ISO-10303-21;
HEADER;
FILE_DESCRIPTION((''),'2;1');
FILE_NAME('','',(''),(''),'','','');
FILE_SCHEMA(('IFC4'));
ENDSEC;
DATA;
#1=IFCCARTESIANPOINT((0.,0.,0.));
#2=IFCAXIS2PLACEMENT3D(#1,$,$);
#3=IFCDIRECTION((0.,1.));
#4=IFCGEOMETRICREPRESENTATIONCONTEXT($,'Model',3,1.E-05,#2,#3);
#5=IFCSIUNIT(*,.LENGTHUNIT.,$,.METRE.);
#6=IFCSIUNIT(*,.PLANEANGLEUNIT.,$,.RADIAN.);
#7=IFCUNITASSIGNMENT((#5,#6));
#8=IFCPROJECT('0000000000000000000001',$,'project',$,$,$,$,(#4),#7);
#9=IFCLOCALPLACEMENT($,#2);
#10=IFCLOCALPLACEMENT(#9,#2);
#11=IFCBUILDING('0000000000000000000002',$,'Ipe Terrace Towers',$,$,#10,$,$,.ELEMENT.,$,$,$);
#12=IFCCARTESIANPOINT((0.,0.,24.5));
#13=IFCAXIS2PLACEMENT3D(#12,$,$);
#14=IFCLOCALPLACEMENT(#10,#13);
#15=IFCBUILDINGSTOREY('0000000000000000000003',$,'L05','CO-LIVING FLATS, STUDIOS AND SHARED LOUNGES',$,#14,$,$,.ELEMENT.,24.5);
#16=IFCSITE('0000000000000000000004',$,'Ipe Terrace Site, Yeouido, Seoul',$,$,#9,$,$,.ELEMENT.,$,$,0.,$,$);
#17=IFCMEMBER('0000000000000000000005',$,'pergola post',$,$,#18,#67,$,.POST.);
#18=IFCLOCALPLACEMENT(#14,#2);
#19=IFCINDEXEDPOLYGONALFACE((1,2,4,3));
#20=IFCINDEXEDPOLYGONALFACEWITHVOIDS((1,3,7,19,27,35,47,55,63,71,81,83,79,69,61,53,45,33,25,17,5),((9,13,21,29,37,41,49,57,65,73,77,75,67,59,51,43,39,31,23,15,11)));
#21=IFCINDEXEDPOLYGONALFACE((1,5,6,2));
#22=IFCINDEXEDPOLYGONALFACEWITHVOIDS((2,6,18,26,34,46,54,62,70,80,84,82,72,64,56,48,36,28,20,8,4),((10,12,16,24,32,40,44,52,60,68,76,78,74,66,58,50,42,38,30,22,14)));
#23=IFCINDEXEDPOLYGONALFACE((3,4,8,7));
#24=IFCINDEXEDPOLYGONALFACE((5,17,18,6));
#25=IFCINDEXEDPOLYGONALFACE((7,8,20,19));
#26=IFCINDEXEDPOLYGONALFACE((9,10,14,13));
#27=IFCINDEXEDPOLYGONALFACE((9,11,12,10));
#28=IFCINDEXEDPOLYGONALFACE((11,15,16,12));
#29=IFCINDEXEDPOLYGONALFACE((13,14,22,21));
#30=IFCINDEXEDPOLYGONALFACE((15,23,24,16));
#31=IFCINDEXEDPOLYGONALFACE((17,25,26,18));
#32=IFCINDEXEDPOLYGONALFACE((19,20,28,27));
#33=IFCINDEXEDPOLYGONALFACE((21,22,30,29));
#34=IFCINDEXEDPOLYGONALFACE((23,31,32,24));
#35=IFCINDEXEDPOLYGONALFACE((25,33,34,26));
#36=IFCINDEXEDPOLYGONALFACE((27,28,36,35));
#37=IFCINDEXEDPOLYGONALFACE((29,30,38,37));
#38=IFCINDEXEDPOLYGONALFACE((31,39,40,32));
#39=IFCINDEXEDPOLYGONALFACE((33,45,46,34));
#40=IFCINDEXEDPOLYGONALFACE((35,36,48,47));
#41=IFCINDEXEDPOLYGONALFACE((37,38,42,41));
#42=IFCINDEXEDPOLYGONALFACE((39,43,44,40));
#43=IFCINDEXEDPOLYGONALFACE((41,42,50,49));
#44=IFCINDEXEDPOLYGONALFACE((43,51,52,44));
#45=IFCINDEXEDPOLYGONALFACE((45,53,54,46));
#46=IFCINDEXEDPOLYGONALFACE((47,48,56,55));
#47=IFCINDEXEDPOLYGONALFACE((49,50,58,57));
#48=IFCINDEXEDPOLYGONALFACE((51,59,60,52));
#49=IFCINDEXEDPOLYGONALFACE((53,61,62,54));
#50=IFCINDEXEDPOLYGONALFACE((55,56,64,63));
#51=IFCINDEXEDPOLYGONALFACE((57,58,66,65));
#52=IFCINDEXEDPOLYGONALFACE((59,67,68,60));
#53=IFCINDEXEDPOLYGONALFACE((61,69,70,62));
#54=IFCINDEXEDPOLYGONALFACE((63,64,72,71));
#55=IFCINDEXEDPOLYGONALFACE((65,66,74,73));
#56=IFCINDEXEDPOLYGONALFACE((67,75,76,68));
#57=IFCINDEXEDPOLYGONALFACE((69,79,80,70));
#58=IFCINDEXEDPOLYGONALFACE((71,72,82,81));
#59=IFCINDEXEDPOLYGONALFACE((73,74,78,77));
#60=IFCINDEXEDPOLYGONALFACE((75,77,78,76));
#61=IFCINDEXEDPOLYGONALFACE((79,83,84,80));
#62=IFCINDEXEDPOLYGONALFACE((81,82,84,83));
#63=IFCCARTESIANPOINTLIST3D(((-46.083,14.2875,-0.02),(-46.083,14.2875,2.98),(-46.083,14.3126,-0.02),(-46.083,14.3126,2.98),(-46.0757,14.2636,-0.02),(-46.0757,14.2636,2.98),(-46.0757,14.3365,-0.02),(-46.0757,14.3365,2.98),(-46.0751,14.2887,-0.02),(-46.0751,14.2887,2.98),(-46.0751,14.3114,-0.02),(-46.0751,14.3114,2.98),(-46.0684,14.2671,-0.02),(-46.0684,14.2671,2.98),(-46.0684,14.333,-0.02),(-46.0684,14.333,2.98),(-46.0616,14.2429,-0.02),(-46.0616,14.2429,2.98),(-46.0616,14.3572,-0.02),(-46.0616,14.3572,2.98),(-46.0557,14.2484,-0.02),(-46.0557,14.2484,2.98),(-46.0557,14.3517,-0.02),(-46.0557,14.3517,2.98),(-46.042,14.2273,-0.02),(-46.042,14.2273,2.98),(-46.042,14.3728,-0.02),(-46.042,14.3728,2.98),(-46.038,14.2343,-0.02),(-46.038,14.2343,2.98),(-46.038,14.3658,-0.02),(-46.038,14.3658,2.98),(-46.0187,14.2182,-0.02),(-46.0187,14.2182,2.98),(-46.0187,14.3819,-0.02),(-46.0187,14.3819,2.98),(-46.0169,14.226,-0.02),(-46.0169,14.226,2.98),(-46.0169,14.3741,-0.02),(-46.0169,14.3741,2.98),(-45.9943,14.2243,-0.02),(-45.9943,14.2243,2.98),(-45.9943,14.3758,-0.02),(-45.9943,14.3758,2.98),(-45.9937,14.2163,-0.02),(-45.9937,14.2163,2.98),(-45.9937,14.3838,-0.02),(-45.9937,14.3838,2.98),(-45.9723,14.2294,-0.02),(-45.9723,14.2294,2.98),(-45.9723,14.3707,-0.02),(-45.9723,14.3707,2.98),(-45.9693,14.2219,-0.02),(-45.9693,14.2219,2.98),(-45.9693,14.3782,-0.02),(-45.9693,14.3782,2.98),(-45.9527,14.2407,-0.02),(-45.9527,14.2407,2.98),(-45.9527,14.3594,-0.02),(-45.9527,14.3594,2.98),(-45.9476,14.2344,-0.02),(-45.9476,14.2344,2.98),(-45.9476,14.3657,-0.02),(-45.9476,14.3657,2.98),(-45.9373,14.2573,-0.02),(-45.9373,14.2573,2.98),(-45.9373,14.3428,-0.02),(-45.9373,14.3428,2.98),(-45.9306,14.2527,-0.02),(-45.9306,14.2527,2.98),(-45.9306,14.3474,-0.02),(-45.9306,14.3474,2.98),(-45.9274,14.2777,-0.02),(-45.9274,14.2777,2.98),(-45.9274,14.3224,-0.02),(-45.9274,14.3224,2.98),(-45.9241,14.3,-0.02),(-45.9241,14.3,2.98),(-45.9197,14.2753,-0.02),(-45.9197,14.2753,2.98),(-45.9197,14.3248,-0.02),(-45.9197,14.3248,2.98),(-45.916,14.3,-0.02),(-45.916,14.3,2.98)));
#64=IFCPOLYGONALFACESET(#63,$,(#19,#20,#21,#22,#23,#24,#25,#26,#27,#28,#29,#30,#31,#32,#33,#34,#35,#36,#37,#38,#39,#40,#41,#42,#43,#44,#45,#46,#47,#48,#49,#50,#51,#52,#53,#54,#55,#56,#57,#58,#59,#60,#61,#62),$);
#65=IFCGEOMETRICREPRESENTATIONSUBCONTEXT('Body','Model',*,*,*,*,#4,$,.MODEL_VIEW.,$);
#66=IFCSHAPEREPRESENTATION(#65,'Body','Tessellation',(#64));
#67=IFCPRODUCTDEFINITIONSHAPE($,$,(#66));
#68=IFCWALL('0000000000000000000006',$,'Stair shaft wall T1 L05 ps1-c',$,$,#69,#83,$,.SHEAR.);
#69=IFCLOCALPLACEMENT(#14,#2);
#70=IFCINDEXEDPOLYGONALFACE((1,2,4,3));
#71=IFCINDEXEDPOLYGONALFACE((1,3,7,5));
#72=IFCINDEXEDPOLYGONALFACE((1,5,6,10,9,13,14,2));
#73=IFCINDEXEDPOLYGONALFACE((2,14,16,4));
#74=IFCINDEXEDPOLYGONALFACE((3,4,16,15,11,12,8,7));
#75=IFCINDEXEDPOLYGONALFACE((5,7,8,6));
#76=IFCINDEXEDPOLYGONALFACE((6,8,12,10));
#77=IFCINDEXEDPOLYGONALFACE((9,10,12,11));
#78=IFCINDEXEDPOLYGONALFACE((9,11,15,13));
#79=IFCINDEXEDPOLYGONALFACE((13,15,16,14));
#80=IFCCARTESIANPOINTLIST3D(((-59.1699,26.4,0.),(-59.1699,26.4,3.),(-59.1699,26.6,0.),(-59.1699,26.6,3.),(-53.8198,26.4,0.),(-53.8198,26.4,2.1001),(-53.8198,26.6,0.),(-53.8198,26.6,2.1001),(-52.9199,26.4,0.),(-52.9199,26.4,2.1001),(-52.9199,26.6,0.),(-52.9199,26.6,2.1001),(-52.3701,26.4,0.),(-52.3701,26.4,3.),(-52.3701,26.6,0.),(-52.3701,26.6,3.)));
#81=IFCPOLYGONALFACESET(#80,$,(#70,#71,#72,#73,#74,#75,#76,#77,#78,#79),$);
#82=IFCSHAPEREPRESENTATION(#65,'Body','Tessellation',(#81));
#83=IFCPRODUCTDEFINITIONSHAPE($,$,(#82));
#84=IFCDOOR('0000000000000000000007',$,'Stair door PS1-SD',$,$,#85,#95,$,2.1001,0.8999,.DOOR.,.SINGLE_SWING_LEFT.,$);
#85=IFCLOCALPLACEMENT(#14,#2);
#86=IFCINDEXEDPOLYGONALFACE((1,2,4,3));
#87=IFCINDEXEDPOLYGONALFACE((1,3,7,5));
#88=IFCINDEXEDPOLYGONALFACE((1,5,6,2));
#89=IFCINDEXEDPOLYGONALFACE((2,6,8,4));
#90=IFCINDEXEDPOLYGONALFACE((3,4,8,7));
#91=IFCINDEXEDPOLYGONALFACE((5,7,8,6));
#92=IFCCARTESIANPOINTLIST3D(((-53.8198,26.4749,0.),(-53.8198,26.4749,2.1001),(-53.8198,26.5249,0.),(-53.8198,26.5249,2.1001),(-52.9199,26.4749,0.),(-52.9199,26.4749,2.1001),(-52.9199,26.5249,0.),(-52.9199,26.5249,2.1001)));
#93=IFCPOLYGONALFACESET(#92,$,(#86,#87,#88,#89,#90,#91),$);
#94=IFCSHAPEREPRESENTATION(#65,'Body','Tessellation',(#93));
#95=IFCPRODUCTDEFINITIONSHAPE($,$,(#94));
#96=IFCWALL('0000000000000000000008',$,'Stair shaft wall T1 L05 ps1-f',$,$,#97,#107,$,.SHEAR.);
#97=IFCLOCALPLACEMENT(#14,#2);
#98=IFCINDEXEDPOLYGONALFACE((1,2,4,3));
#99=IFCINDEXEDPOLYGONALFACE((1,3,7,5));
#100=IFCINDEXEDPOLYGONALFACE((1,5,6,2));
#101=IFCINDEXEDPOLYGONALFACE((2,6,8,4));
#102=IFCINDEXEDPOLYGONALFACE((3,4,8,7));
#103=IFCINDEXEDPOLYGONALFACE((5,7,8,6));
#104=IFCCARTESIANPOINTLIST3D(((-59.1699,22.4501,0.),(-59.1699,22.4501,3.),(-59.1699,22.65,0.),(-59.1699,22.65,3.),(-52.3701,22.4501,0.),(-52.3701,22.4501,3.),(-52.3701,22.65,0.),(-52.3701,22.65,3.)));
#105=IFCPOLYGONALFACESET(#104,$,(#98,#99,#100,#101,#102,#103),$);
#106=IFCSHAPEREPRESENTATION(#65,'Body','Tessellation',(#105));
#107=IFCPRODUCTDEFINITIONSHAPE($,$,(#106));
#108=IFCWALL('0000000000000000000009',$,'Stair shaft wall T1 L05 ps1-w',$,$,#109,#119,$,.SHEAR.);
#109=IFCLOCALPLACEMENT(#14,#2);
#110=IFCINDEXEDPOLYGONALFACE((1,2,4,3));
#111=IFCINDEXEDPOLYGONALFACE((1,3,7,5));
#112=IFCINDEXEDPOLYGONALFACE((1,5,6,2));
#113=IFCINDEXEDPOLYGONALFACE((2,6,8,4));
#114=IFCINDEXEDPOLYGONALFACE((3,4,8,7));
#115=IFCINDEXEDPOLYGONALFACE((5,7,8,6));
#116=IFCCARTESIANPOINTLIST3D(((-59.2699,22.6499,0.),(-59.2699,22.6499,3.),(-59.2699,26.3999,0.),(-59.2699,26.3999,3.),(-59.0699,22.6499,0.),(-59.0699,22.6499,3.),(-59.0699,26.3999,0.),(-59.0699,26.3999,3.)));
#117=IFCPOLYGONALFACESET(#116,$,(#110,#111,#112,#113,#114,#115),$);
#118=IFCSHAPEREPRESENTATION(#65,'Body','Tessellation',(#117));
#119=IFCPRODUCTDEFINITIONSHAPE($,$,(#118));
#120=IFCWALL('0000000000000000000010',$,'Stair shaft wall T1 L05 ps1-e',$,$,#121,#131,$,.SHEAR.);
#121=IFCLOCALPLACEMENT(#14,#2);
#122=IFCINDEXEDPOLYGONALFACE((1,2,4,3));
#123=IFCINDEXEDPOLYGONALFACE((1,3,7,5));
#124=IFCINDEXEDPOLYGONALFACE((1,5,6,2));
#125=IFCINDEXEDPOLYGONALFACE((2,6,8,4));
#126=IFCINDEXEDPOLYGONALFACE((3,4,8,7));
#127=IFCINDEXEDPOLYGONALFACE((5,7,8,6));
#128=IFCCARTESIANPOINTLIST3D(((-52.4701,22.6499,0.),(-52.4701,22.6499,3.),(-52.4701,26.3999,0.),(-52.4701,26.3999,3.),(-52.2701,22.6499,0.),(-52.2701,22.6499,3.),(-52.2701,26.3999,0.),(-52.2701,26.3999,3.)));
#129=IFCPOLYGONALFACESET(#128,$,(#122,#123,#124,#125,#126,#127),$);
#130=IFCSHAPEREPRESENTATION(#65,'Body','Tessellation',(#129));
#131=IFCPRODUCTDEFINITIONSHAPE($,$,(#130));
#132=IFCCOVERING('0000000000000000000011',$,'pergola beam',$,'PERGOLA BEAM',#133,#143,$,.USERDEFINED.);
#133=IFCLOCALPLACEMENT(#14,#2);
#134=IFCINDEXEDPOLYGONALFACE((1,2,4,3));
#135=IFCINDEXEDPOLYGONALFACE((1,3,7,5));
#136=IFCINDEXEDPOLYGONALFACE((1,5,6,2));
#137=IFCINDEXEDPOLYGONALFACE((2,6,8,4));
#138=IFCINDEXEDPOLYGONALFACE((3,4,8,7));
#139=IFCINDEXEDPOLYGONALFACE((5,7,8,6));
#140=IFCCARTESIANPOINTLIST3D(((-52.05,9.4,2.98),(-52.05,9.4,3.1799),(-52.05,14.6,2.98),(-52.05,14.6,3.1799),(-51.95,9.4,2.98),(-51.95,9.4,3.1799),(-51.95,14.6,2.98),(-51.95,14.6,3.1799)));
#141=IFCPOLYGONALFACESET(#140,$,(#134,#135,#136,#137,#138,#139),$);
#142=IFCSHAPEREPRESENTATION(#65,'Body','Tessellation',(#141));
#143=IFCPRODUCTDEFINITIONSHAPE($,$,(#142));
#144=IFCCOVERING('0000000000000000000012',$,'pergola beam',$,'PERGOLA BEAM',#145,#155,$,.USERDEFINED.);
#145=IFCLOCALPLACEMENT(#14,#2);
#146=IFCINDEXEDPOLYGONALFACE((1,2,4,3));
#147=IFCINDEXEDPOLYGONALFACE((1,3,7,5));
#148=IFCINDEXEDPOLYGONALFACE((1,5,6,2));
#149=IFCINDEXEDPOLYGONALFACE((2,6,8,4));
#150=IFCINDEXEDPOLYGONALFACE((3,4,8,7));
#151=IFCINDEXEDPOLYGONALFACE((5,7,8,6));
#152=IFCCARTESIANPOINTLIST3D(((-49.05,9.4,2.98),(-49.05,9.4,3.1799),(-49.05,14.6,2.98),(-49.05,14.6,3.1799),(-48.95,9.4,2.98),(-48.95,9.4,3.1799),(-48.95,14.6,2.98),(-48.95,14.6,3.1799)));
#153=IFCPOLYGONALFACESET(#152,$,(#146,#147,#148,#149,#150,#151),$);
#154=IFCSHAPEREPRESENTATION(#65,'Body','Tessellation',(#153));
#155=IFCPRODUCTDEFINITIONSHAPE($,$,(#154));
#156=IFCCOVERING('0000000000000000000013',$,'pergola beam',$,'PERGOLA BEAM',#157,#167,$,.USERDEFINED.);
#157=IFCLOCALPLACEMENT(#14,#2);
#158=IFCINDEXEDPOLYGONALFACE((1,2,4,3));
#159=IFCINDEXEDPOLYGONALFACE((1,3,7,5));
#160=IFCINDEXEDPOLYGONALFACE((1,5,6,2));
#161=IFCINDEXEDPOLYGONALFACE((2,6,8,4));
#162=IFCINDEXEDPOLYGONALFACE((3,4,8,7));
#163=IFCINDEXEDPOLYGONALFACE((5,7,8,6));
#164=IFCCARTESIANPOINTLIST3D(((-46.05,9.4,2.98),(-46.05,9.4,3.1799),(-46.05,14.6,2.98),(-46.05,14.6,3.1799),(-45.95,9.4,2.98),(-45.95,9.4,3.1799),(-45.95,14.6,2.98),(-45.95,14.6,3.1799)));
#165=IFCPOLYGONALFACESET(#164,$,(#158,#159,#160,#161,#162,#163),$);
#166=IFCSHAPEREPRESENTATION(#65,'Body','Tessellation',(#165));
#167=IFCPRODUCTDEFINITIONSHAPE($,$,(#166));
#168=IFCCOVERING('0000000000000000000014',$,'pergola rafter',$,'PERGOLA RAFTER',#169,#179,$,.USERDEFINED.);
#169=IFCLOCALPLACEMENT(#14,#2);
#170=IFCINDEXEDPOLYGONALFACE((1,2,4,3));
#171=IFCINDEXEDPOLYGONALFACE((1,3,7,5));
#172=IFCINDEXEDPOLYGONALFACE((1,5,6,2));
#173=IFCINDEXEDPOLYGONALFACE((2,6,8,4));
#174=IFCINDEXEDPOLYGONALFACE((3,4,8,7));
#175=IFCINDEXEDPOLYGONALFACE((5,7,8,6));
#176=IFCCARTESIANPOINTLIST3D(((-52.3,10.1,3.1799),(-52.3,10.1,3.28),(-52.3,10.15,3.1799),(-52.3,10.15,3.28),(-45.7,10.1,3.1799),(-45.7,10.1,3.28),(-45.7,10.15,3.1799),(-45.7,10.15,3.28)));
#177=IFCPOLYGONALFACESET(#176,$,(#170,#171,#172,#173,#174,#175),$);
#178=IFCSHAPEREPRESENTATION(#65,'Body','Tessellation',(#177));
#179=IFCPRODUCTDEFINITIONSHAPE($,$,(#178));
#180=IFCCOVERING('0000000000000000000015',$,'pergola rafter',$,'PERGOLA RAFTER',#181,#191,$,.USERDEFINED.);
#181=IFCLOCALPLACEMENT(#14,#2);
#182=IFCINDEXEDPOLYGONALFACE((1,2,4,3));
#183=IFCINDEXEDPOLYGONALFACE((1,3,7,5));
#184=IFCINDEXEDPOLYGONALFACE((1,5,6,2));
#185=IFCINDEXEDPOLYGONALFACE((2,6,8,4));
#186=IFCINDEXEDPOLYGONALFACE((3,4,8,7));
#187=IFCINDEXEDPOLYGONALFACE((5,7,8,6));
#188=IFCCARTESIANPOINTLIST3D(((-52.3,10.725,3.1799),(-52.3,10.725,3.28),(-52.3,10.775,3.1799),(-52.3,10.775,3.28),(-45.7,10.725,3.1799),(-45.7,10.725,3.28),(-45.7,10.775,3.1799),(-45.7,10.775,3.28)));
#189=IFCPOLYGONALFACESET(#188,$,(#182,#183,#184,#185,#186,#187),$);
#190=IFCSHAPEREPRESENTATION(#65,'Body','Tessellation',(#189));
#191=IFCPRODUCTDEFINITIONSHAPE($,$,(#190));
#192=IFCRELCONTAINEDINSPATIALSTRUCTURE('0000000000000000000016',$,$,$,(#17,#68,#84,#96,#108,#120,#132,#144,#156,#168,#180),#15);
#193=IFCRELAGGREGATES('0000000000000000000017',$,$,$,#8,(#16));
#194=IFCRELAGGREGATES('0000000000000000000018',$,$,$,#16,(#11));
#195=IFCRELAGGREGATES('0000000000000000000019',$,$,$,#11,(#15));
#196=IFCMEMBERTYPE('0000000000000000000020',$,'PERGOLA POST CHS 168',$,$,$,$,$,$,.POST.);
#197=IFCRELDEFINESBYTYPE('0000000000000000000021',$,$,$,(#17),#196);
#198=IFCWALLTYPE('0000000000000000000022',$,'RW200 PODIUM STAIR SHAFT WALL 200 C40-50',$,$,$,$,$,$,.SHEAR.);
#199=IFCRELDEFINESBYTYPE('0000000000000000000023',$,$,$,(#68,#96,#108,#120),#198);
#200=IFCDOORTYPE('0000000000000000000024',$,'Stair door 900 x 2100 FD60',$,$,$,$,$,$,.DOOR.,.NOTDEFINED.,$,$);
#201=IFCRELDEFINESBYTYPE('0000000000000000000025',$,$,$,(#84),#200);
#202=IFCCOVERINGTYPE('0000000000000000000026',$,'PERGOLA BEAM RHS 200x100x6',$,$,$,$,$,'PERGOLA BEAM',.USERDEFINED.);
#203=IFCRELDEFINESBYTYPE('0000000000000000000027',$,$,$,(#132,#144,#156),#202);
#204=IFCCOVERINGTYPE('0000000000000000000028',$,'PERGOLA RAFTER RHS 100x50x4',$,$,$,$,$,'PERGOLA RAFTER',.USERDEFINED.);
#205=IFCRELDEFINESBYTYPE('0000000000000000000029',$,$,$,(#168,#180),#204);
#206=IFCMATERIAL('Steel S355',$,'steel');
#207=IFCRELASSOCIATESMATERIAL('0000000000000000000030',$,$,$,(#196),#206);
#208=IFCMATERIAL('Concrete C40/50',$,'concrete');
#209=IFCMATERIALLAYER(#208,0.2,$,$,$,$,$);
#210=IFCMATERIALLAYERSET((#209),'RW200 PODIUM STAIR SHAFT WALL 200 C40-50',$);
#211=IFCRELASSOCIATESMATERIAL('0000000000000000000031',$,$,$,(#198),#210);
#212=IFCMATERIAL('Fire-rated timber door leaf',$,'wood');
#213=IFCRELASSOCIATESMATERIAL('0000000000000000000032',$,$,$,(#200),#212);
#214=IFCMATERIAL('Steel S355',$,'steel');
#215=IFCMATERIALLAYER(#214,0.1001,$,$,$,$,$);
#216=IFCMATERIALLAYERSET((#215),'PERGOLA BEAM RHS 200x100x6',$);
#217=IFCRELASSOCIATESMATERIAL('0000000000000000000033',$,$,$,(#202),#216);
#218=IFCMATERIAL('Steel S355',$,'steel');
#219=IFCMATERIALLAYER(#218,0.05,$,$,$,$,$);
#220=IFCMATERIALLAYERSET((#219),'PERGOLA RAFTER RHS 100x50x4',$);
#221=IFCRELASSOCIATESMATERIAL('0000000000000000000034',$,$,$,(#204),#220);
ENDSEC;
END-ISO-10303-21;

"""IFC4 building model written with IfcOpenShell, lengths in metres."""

from ifc_helpers import new_model, si_unit, direction, frame, frame_2d, origin, origin_2d, place, context, subcontext, project, spatial, rectangle, hollow_circle, extrude, material, layer, layer_set, material_profile, profile_set, type_object, element, fill, save


model = new_model("IFC4")

# Units and contexts
model_context = context("Model", 3, precision=1e-05, world=origin(), true_north=direction((0.0, 1.0)))
body_context = subcontext(model_context, "Body", "Model", "MODEL_VIEW")
ifc_project = project(units=[si_unit("LENGTHUNIT", "METRE"), si_unit("PLANEANGLEUNIT", "RADIAN")], contexts=[model_context])

# Site, building, storey
site_placement = place(None, origin())
site = spatial("IfcSite", under=ifc_project, at=site_placement, Name="Ipe Terrace Site, Yeouido, Seoul", CompositionType="ELEMENT", RefElevation=0.0)
building_placement = place(site_placement, origin())
building = spatial("IfcBuilding", under=site, at=building_placement, Name="Ipe Terrace Towers", CompositionType="ELEMENT")
storey_placement = place(building_placement, frame((0.0, 0.0, 24.5)))
storey = spatial("IfcBuildingStorey", under=building, at=storey_placement, Name="L05", Description="CO-LIVING FLATS, STUDIOS AND SHARED LOUNGES", CompositionType="ELEMENT", Elevation=24.5)

# Member
ifc_material_1 = material(Name="Steel S355", Category="steel")
ifc_material_profile_1 = material_profile(ifc_material_1, hollow_circle(Radius=0.084, WallThickness=0.0081, at=origin_2d()), Name="PERGOLA POST CHS 168")
ifc_profile_set_1 = profile_set([ifc_material_profile_1], Name="Steel S355")
member_type = type_object("IfcMemberType", Name="PERGOLA POST CHS 168", PredefinedType="POST", material=ifc_profile_set_1)
for number, where, z_axis, x_axis, name in (
    (1, (-46.0, 14.3, -0.02), (0.0, 0.0, 1.0), (1.0, 0.0, 0.0), "pergola post"),
):
    element("IfcMember", number, at=place(storey_placement, frame(where, z_axis=z_axis, x_axis=x_axis)), inside=storey, type_object=member_type, Name=name, PredefinedType="POST", context=body_context, shape_type="SweptSolid", body=[
        extrude(hollow_circle(Radius=0.084, WallThickness=0.0081, at=origin_2d()), origin(), (0.0, 0.0, 1.0), 3.0),
    ])

# Wall, opening, door
ifc_material_2 = material(Name="Concrete C40/50", Category="concrete")
ifc_layer_1 = layer(ifc_material_2, 0.2)
ifc_layer_set_1 = layer_set([ifc_layer_1], Name="RW200 PODIUM STAIR SHAFT WALL 200 C40-50")
wall_type = type_object("IfcWallType", Name="RW200 PODIUM STAIR SHAFT WALL 200 C40-50", PredefinedType="SHEAR", material=ifc_layer_set_1)
wall_1_placement = place(storey_placement, frame((-59.1699, 26.5, 0.0), z_axis=(0.0, 0.0, 1.0), x_axis=(1.0, 0.0, 0.0)))
wall_1 = element("IfcWall", 2, at=wall_1_placement, inside=storey, type_object=wall_type, Name="Stair shaft wall T1 L05 ps1-c", PredefinedType="SHEAR", context=body_context, shape_type="SweptSolid", body=[
    extrude(rectangle(XDim=6.7998, YDim=0.2, at=frame_2d((3.3999, 0.0))), origin(), (0.0, 0.0, 1.0), 3.0),
])
opening_placement = place(wall_1_placement, frame((5.3501, 0.0, 0.0)))
opening = element("IfcOpeningElement", 3, at=opening_placement, cuts=wall_1, PredefinedType="OPENING", context=body_context, shape_type="SweptSolid", body=[
    extrude(rectangle(XDim=0.8999, YDim=2.1001, at=frame_2d((0.45, 1.05))), frame((0.0, 0.1099, 0.0), z_axis=(0.0, -1.0, 0.0), x_axis=(1.0, 0.0, 0.0)), (0.0, 0.0, 1.0), 0.22),
])
ifc_material_3 = material(Name="Fire-rated timber door leaf", Category="wood")
door_type = type_object("IfcDoorType", Name="Stair door 900 x 2100 FD60", OperationType="NOTDEFINED", PredefinedType="DOOR", material=ifc_material_3)
door_placement = place(opening_placement, origin())
door = element("IfcDoor", 4, at=door_placement, inside=storey, type_object=door_type, Name="Stair door PS1-SD", OperationType="SINGLE_SWING_LEFT", OverallHeight=2.1001, OverallWidth=0.8999, PredefinedType="DOOR", context=body_context, shape_type="SweptSolid", body=[
    extrude(rectangle(XDim=0.8999, YDim=2.1001, at=frame_2d((0.45, 1.05))), frame((0.0, 0.0249, 0.0), z_axis=(0.0, -1.0, 0.0), x_axis=(1.0, 0.0, 0.0)), (0.0, 0.0, 1.0), 0.05),
])
fill(opening, door)

# Walls
wall_2_placement = place(storey_placement, frame((-59.1699, 22.55, 0.0), z_axis=(0.0, 0.0, 1.0), x_axis=(1.0, 0.0, 0.0)))
element("IfcWall", 5, at=wall_2_placement, inside=storey, type_object=wall_type, Name="Stair shaft wall T1 L05 ps1-f", PredefinedType="SHEAR", context=body_context, shape_type="SweptSolid", body=[
    extrude(rectangle(XDim=6.7998, YDim=0.2, at=frame_2d((3.3999, 0.0))), origin(), (0.0, 0.0, 1.0), 3.0),
])
for number, where, z_axis, x_axis, name in (
    (6, (-59.1699, 22.6499, 0.0), (0.0, 0.0, 1.0), (0.0, 1.0, 0.0), "Stair shaft wall T1 L05 ps1-w"),
    (7, (-52.3701, 22.6499, 0.0), (0.0, 0.0, 1.0), (0.0, 1.0, 0.0), "Stair shaft wall T1 L05 ps1-e"),
):
    element("IfcWall", number, at=place(storey_placement, frame(where, z_axis=z_axis, x_axis=x_axis)), inside=storey, type_object=wall_type, Name=name, PredefinedType="SHEAR", context=body_context, shape_type="SweptSolid", body=[
        extrude(rectangle(XDim=3.75, YDim=0.2, at=frame_2d((1.875, 0.0))), origin(), (0.0, 0.0, 1.0), 3.0),
    ])

# Coverings
ifc_material_4 = material(Name="Steel S355", Category="steel")
ifc_layer_2 = layer(ifc_material_4, 0.1001)
ifc_layer_set_2 = layer_set([ifc_layer_2], Name="PERGOLA BEAM RHS 200x100x6")
covering_type_1 = type_object("IfcCoveringType", Name="PERGOLA BEAM RHS 200x100x6", ElementType="PERGOLA BEAM", PredefinedType="USERDEFINED", material=ifc_layer_set_2)
for number, where, z_axis, x_axis, name in (
    (8, (-52.0, 12.0, 2.98), (0.0, 0.0, 1.0), (1.0, 0.0, 0.0), "pergola beam"),
    (9, (-49.0, 12.0, 2.98), (0.0, 0.0, 1.0), (1.0, 0.0, 0.0), "pergola beam"),
    (10, (-46.0, 12.0, 2.98), (0.0, 0.0, 1.0), (1.0, 0.0, 0.0), "pergola beam"),
):
    element("IfcCovering", number, at=place(storey_placement, frame(where, z_axis=z_axis, x_axis=x_axis)), inside=storey, type_object=covering_type_1, Name=name, ObjectType="PERGOLA BEAM", PredefinedType="USERDEFINED", context=body_context, shape_type="SweptSolid", body=[
        extrude(rectangle(XDim=0.1001, YDim=5.2, at=origin_2d()), origin(), (0.0, 0.0, 1.0), 0.2),
    ])
ifc_material_5 = material(Name="Steel S355", Category="steel")
ifc_layer_3 = layer(ifc_material_5, 0.05)
ifc_layer_set_3 = layer_set([ifc_layer_3], Name="PERGOLA RAFTER RHS 100x50x4")
covering_type_2 = type_object("IfcCoveringType", Name="PERGOLA RAFTER RHS 100x50x4", ElementType="PERGOLA RAFTER", PredefinedType="USERDEFINED", material=ifc_layer_set_3)
for number, where, z_axis, x_axis, name in (
    (11, (-49.0, 10.125, 3.1799), (0.0, 0.0, 1.0), (1.0, 0.0, 0.0), "pergola rafter"),
    (12, (-49.0, 10.75, 3.1799), (0.0, 0.0, 1.0), (1.0, 0.0, 0.0), "pergola rafter"),
):
    element("IfcCovering", number, at=place(storey_placement, frame(where, z_axis=z_axis, x_axis=x_axis)), inside=storey, type_object=covering_type_2, Name=name, ObjectType="PERGOLA RAFTER", PredefinedType="USERDEFINED", context=body_context, shape_type="SweptSolid", body=[
        extrude(rectangle(XDim=6.6001, YDim=0.05, at=origin_2d()), origin(), (0.0, 0.0, 1.0), 0.1001),
    ])

save(model, "model.ifc")
